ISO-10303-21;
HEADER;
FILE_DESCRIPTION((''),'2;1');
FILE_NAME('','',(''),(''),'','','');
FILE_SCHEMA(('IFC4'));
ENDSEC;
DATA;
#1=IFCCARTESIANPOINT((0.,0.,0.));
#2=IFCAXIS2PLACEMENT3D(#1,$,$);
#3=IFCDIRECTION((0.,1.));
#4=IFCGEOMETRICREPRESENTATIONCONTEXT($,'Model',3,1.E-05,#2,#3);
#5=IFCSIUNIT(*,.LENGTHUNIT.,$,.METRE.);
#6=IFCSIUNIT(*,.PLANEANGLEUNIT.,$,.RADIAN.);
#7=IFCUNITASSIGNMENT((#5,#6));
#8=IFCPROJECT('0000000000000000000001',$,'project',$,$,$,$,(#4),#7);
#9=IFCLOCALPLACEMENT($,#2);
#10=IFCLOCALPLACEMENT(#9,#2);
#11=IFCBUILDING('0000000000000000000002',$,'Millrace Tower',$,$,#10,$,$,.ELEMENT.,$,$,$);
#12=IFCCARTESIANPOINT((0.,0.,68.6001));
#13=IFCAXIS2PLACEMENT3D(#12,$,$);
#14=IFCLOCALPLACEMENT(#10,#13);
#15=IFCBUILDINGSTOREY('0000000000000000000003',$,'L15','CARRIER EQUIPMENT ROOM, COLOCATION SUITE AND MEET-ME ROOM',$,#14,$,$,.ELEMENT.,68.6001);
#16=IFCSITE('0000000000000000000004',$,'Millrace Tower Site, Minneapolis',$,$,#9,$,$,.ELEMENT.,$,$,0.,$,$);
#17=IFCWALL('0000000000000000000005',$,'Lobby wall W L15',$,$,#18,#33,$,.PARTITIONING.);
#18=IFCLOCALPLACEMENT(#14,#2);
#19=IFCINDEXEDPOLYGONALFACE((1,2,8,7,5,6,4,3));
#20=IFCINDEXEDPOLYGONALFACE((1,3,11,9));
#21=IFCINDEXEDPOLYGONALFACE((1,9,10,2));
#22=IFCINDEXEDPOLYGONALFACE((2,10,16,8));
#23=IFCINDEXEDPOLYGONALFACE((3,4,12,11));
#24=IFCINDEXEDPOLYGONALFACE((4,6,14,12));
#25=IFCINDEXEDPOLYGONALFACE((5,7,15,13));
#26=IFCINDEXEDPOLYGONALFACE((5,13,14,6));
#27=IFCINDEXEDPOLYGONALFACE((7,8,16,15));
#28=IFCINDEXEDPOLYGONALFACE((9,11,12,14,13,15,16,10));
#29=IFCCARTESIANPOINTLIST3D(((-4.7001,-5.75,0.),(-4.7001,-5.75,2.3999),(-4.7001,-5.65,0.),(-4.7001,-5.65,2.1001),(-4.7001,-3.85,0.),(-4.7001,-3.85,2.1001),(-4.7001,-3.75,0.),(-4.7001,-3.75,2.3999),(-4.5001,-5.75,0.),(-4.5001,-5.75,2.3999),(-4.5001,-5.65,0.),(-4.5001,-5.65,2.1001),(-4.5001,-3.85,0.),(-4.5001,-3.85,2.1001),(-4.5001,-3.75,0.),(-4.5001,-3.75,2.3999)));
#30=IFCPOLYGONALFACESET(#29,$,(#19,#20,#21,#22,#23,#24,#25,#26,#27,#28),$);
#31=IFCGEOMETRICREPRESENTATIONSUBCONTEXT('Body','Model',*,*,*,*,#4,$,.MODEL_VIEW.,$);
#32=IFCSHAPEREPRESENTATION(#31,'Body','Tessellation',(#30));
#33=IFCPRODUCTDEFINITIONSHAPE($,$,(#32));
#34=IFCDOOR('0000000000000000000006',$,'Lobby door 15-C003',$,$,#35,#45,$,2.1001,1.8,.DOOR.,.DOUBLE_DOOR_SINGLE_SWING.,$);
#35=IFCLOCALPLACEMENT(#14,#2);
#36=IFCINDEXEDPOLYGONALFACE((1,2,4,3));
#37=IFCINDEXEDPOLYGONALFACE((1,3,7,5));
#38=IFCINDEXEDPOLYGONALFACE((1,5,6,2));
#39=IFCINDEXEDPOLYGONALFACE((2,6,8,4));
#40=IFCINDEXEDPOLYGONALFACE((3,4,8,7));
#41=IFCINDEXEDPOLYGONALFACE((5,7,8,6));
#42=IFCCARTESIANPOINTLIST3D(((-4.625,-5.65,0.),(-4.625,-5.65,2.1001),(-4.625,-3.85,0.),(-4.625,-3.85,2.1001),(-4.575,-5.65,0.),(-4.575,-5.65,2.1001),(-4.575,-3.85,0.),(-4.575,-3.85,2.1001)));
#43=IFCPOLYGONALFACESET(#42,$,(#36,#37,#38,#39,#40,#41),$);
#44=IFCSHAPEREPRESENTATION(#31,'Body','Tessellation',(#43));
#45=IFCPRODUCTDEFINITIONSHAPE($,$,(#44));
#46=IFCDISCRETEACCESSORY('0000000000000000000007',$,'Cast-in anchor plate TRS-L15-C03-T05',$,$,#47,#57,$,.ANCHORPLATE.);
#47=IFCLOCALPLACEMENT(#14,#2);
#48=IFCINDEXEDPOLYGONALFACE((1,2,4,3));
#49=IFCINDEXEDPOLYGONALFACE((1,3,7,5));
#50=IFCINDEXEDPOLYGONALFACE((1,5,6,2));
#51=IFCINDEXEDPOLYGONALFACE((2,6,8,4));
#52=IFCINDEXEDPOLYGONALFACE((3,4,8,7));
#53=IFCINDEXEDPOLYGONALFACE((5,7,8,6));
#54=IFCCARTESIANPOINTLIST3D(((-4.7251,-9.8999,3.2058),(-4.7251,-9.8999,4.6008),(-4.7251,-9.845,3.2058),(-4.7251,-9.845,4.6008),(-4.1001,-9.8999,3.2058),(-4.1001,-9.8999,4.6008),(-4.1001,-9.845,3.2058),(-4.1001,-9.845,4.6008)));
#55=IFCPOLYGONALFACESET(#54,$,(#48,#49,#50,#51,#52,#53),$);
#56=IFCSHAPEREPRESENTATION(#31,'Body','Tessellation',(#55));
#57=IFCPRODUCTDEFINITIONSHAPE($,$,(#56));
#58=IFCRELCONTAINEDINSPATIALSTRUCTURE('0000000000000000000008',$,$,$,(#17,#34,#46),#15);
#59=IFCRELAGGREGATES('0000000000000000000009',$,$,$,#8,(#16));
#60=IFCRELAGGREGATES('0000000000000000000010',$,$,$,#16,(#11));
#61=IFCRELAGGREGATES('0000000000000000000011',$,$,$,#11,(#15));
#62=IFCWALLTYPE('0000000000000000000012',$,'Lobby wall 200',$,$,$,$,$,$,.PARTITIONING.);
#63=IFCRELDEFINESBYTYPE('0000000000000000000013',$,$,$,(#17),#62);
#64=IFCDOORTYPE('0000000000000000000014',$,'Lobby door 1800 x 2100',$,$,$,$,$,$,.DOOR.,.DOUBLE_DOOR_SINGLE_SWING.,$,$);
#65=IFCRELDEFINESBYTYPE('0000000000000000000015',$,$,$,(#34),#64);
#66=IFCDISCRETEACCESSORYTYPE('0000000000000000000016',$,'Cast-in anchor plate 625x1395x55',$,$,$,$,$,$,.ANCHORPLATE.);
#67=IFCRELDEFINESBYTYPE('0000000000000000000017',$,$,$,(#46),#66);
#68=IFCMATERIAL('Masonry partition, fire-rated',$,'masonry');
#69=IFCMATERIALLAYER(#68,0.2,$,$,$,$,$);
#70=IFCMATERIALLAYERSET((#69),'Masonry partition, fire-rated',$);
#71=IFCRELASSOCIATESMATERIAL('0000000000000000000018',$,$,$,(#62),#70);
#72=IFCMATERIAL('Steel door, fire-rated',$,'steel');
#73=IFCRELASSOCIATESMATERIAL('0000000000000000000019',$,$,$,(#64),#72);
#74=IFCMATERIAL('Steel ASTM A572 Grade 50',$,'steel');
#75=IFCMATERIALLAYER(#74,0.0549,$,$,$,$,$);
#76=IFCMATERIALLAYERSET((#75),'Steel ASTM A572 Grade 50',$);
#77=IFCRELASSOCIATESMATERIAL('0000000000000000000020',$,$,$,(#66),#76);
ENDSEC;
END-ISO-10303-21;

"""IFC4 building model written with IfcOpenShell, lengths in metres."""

from ifc_helpers import new_model, si_unit, direction, frame, frame_2d, origin, origin_2d, place, context, subcontext, project, spatial, rectangle, extrude, material, layer, layer_set, type_object, element, fill, save


model = new_model("IFC4")

# Units and contexts
model_context = context("Model", 3, precision=1e-05, world=origin(), true_north=direction((0.0, 1.0)))
body_context = subcontext(model_context, "Body", "Model", "MODEL_VIEW")
ifc_project = project(units=[si_unit("LENGTHUNIT", "METRE"), si_unit("PLANEANGLEUNIT", "RADIAN")], contexts=[model_context])

# Site, building, storey
site_placement = place(None, origin())
site = spatial("IfcSite", under=ifc_project, at=site_placement, Name="Millrace Tower Site, Minneapolis", CompositionType="ELEMENT", RefElevation=0.0)
building_placement = place(site_placement, origin())
building = spatial("IfcBuilding", under=site, at=building_placement, Name="Millrace Tower", CompositionType="ELEMENT")
storey_placement = place(building_placement, frame((0.0, 0.0, 68.6001)))
storey = spatial("IfcBuildingStorey", under=building, at=storey_placement, Name="L15", Description="CARRIER EQUIPMENT ROOM, COLOCATION SUITE AND MEET-ME ROOM", CompositionType="ELEMENT", Elevation=68.6001)

# Wall, opening, door
ifc_material_1 = material(Name="Masonry partition, fire-rated", Category="masonry")
ifc_layer_1 = layer(ifc_material_1, 0.2)
ifc_layer_set_1 = layer_set([ifc_layer_1], Name="Masonry partition, fire-rated")
wall_type_1 = type_object("IfcWallType", Name="Lobby wall 200", PredefinedType="PARTITIONING", material=ifc_layer_set_1)
wall_1_placement = place(storey_placement, frame((-4.6001, -5.75, 0.0), z_axis=(0.0, 0.0, 1.0), x_axis=(0.0, 1.0, 0.0)))
wall_1 = element("IfcWall", 1, at=wall_1_placement, inside=storey, type_object=wall_type_1, Name="Lobby wall W L15", PredefinedType="PARTITIONING", context=body_context, shape_type="SweptSolid", body=[
    extrude(rectangle(XDim=2.0, YDim=0.2, at=frame_2d((1.0, 0.0))), origin(), (0.0, 0.0, 1.0), 2.3999),
])
opening_1_placement = place(wall_1_placement, frame((0.1001, 0.0, 0.0)))
opening_1 = element("IfcOpeningElement", 2, at=opening_1_placement, cuts=wall_1, PredefinedType="OPENING", context=body_context, shape_type="SweptSolid", body=[
    extrude(rectangle(XDim=1.8, YDim=2.1001, at=frame_2d((0.8999, 1.05))), frame((0.0, 0.1099, 0.0), z_axis=(0.0, -1.0, 0.0), x_axis=(1.0, 0.0, 0.0)), (0.0, 0.0, 1.0), 0.22),
])
ifc_material_2 = material(Name="Steel door, fire-rated", Category="steel")
door_type_1 = type_object("IfcDoorType", Name="Lobby door 1800 x 2100", OperationType="DOUBLE_DOOR_SINGLE_SWING", PredefinedType="DOOR", material=ifc_material_2)
door_1_placement = place(opening_1_placement, origin())
door_1 = element("IfcDoor", 3, at=door_1_placement, inside=storey, type_object=door_type_1, Name="Lobby door 15-C003", OperationType="DOUBLE_DOOR_SINGLE_SWING", OverallHeight=2.1001, OverallWidth=1.8, PredefinedType="DOOR", context=body_context, shape_type="SweptSolid", body=[
    extrude(rectangle(XDim=1.8, YDim=2.1001, at=frame_2d((0.8999, 1.05))), frame((0.0, 0.0249, 0.0), z_axis=(0.0, -1.0, 0.0), x_axis=(1.0, 0.0, 0.0)), (0.0, 0.0, 1.0), 0.05),
])
fill(opening_1, door_1)

# Discrete accessory
ifc_material_3 = material(Name="Steel ASTM A572 Grade 50", Category="steel")
ifc_layer_2 = layer(ifc_material_3, 0.0549)
ifc_layer_set_2 = layer_set([ifc_layer_2], Name="Steel ASTM A572 Grade 50")
discrete_accessory_type = type_object("IfcDiscreteAccessoryType", Name="Cast-in anchor plate 625x1395x55", PredefinedType="ANCHORPLATE", material=ifc_layer_set_2)
discrete_accessory_placement = place(storey_placement, frame((-4.4126, -9.845, 3.9033), z_axis=(0.0, -1.0, 0.0), x_axis=(1.0, 0.0, 0.0)))
element("IfcDiscreteAccessory", 4, at=discrete_accessory_placement, inside=storey, type_object=discrete_accessory_type, Name="Cast-in anchor plate TRS-L15-C03-T05", PredefinedType="ANCHORPLATE", context=body_context, shape_type="SweptSolid", body=[
    extrude(rectangle(XDim=0.625, YDim=1.395, at=origin_2d()), origin(), (0.0, 0.0, 1.0), 0.0549),
])

save(model, "model.ifc")
